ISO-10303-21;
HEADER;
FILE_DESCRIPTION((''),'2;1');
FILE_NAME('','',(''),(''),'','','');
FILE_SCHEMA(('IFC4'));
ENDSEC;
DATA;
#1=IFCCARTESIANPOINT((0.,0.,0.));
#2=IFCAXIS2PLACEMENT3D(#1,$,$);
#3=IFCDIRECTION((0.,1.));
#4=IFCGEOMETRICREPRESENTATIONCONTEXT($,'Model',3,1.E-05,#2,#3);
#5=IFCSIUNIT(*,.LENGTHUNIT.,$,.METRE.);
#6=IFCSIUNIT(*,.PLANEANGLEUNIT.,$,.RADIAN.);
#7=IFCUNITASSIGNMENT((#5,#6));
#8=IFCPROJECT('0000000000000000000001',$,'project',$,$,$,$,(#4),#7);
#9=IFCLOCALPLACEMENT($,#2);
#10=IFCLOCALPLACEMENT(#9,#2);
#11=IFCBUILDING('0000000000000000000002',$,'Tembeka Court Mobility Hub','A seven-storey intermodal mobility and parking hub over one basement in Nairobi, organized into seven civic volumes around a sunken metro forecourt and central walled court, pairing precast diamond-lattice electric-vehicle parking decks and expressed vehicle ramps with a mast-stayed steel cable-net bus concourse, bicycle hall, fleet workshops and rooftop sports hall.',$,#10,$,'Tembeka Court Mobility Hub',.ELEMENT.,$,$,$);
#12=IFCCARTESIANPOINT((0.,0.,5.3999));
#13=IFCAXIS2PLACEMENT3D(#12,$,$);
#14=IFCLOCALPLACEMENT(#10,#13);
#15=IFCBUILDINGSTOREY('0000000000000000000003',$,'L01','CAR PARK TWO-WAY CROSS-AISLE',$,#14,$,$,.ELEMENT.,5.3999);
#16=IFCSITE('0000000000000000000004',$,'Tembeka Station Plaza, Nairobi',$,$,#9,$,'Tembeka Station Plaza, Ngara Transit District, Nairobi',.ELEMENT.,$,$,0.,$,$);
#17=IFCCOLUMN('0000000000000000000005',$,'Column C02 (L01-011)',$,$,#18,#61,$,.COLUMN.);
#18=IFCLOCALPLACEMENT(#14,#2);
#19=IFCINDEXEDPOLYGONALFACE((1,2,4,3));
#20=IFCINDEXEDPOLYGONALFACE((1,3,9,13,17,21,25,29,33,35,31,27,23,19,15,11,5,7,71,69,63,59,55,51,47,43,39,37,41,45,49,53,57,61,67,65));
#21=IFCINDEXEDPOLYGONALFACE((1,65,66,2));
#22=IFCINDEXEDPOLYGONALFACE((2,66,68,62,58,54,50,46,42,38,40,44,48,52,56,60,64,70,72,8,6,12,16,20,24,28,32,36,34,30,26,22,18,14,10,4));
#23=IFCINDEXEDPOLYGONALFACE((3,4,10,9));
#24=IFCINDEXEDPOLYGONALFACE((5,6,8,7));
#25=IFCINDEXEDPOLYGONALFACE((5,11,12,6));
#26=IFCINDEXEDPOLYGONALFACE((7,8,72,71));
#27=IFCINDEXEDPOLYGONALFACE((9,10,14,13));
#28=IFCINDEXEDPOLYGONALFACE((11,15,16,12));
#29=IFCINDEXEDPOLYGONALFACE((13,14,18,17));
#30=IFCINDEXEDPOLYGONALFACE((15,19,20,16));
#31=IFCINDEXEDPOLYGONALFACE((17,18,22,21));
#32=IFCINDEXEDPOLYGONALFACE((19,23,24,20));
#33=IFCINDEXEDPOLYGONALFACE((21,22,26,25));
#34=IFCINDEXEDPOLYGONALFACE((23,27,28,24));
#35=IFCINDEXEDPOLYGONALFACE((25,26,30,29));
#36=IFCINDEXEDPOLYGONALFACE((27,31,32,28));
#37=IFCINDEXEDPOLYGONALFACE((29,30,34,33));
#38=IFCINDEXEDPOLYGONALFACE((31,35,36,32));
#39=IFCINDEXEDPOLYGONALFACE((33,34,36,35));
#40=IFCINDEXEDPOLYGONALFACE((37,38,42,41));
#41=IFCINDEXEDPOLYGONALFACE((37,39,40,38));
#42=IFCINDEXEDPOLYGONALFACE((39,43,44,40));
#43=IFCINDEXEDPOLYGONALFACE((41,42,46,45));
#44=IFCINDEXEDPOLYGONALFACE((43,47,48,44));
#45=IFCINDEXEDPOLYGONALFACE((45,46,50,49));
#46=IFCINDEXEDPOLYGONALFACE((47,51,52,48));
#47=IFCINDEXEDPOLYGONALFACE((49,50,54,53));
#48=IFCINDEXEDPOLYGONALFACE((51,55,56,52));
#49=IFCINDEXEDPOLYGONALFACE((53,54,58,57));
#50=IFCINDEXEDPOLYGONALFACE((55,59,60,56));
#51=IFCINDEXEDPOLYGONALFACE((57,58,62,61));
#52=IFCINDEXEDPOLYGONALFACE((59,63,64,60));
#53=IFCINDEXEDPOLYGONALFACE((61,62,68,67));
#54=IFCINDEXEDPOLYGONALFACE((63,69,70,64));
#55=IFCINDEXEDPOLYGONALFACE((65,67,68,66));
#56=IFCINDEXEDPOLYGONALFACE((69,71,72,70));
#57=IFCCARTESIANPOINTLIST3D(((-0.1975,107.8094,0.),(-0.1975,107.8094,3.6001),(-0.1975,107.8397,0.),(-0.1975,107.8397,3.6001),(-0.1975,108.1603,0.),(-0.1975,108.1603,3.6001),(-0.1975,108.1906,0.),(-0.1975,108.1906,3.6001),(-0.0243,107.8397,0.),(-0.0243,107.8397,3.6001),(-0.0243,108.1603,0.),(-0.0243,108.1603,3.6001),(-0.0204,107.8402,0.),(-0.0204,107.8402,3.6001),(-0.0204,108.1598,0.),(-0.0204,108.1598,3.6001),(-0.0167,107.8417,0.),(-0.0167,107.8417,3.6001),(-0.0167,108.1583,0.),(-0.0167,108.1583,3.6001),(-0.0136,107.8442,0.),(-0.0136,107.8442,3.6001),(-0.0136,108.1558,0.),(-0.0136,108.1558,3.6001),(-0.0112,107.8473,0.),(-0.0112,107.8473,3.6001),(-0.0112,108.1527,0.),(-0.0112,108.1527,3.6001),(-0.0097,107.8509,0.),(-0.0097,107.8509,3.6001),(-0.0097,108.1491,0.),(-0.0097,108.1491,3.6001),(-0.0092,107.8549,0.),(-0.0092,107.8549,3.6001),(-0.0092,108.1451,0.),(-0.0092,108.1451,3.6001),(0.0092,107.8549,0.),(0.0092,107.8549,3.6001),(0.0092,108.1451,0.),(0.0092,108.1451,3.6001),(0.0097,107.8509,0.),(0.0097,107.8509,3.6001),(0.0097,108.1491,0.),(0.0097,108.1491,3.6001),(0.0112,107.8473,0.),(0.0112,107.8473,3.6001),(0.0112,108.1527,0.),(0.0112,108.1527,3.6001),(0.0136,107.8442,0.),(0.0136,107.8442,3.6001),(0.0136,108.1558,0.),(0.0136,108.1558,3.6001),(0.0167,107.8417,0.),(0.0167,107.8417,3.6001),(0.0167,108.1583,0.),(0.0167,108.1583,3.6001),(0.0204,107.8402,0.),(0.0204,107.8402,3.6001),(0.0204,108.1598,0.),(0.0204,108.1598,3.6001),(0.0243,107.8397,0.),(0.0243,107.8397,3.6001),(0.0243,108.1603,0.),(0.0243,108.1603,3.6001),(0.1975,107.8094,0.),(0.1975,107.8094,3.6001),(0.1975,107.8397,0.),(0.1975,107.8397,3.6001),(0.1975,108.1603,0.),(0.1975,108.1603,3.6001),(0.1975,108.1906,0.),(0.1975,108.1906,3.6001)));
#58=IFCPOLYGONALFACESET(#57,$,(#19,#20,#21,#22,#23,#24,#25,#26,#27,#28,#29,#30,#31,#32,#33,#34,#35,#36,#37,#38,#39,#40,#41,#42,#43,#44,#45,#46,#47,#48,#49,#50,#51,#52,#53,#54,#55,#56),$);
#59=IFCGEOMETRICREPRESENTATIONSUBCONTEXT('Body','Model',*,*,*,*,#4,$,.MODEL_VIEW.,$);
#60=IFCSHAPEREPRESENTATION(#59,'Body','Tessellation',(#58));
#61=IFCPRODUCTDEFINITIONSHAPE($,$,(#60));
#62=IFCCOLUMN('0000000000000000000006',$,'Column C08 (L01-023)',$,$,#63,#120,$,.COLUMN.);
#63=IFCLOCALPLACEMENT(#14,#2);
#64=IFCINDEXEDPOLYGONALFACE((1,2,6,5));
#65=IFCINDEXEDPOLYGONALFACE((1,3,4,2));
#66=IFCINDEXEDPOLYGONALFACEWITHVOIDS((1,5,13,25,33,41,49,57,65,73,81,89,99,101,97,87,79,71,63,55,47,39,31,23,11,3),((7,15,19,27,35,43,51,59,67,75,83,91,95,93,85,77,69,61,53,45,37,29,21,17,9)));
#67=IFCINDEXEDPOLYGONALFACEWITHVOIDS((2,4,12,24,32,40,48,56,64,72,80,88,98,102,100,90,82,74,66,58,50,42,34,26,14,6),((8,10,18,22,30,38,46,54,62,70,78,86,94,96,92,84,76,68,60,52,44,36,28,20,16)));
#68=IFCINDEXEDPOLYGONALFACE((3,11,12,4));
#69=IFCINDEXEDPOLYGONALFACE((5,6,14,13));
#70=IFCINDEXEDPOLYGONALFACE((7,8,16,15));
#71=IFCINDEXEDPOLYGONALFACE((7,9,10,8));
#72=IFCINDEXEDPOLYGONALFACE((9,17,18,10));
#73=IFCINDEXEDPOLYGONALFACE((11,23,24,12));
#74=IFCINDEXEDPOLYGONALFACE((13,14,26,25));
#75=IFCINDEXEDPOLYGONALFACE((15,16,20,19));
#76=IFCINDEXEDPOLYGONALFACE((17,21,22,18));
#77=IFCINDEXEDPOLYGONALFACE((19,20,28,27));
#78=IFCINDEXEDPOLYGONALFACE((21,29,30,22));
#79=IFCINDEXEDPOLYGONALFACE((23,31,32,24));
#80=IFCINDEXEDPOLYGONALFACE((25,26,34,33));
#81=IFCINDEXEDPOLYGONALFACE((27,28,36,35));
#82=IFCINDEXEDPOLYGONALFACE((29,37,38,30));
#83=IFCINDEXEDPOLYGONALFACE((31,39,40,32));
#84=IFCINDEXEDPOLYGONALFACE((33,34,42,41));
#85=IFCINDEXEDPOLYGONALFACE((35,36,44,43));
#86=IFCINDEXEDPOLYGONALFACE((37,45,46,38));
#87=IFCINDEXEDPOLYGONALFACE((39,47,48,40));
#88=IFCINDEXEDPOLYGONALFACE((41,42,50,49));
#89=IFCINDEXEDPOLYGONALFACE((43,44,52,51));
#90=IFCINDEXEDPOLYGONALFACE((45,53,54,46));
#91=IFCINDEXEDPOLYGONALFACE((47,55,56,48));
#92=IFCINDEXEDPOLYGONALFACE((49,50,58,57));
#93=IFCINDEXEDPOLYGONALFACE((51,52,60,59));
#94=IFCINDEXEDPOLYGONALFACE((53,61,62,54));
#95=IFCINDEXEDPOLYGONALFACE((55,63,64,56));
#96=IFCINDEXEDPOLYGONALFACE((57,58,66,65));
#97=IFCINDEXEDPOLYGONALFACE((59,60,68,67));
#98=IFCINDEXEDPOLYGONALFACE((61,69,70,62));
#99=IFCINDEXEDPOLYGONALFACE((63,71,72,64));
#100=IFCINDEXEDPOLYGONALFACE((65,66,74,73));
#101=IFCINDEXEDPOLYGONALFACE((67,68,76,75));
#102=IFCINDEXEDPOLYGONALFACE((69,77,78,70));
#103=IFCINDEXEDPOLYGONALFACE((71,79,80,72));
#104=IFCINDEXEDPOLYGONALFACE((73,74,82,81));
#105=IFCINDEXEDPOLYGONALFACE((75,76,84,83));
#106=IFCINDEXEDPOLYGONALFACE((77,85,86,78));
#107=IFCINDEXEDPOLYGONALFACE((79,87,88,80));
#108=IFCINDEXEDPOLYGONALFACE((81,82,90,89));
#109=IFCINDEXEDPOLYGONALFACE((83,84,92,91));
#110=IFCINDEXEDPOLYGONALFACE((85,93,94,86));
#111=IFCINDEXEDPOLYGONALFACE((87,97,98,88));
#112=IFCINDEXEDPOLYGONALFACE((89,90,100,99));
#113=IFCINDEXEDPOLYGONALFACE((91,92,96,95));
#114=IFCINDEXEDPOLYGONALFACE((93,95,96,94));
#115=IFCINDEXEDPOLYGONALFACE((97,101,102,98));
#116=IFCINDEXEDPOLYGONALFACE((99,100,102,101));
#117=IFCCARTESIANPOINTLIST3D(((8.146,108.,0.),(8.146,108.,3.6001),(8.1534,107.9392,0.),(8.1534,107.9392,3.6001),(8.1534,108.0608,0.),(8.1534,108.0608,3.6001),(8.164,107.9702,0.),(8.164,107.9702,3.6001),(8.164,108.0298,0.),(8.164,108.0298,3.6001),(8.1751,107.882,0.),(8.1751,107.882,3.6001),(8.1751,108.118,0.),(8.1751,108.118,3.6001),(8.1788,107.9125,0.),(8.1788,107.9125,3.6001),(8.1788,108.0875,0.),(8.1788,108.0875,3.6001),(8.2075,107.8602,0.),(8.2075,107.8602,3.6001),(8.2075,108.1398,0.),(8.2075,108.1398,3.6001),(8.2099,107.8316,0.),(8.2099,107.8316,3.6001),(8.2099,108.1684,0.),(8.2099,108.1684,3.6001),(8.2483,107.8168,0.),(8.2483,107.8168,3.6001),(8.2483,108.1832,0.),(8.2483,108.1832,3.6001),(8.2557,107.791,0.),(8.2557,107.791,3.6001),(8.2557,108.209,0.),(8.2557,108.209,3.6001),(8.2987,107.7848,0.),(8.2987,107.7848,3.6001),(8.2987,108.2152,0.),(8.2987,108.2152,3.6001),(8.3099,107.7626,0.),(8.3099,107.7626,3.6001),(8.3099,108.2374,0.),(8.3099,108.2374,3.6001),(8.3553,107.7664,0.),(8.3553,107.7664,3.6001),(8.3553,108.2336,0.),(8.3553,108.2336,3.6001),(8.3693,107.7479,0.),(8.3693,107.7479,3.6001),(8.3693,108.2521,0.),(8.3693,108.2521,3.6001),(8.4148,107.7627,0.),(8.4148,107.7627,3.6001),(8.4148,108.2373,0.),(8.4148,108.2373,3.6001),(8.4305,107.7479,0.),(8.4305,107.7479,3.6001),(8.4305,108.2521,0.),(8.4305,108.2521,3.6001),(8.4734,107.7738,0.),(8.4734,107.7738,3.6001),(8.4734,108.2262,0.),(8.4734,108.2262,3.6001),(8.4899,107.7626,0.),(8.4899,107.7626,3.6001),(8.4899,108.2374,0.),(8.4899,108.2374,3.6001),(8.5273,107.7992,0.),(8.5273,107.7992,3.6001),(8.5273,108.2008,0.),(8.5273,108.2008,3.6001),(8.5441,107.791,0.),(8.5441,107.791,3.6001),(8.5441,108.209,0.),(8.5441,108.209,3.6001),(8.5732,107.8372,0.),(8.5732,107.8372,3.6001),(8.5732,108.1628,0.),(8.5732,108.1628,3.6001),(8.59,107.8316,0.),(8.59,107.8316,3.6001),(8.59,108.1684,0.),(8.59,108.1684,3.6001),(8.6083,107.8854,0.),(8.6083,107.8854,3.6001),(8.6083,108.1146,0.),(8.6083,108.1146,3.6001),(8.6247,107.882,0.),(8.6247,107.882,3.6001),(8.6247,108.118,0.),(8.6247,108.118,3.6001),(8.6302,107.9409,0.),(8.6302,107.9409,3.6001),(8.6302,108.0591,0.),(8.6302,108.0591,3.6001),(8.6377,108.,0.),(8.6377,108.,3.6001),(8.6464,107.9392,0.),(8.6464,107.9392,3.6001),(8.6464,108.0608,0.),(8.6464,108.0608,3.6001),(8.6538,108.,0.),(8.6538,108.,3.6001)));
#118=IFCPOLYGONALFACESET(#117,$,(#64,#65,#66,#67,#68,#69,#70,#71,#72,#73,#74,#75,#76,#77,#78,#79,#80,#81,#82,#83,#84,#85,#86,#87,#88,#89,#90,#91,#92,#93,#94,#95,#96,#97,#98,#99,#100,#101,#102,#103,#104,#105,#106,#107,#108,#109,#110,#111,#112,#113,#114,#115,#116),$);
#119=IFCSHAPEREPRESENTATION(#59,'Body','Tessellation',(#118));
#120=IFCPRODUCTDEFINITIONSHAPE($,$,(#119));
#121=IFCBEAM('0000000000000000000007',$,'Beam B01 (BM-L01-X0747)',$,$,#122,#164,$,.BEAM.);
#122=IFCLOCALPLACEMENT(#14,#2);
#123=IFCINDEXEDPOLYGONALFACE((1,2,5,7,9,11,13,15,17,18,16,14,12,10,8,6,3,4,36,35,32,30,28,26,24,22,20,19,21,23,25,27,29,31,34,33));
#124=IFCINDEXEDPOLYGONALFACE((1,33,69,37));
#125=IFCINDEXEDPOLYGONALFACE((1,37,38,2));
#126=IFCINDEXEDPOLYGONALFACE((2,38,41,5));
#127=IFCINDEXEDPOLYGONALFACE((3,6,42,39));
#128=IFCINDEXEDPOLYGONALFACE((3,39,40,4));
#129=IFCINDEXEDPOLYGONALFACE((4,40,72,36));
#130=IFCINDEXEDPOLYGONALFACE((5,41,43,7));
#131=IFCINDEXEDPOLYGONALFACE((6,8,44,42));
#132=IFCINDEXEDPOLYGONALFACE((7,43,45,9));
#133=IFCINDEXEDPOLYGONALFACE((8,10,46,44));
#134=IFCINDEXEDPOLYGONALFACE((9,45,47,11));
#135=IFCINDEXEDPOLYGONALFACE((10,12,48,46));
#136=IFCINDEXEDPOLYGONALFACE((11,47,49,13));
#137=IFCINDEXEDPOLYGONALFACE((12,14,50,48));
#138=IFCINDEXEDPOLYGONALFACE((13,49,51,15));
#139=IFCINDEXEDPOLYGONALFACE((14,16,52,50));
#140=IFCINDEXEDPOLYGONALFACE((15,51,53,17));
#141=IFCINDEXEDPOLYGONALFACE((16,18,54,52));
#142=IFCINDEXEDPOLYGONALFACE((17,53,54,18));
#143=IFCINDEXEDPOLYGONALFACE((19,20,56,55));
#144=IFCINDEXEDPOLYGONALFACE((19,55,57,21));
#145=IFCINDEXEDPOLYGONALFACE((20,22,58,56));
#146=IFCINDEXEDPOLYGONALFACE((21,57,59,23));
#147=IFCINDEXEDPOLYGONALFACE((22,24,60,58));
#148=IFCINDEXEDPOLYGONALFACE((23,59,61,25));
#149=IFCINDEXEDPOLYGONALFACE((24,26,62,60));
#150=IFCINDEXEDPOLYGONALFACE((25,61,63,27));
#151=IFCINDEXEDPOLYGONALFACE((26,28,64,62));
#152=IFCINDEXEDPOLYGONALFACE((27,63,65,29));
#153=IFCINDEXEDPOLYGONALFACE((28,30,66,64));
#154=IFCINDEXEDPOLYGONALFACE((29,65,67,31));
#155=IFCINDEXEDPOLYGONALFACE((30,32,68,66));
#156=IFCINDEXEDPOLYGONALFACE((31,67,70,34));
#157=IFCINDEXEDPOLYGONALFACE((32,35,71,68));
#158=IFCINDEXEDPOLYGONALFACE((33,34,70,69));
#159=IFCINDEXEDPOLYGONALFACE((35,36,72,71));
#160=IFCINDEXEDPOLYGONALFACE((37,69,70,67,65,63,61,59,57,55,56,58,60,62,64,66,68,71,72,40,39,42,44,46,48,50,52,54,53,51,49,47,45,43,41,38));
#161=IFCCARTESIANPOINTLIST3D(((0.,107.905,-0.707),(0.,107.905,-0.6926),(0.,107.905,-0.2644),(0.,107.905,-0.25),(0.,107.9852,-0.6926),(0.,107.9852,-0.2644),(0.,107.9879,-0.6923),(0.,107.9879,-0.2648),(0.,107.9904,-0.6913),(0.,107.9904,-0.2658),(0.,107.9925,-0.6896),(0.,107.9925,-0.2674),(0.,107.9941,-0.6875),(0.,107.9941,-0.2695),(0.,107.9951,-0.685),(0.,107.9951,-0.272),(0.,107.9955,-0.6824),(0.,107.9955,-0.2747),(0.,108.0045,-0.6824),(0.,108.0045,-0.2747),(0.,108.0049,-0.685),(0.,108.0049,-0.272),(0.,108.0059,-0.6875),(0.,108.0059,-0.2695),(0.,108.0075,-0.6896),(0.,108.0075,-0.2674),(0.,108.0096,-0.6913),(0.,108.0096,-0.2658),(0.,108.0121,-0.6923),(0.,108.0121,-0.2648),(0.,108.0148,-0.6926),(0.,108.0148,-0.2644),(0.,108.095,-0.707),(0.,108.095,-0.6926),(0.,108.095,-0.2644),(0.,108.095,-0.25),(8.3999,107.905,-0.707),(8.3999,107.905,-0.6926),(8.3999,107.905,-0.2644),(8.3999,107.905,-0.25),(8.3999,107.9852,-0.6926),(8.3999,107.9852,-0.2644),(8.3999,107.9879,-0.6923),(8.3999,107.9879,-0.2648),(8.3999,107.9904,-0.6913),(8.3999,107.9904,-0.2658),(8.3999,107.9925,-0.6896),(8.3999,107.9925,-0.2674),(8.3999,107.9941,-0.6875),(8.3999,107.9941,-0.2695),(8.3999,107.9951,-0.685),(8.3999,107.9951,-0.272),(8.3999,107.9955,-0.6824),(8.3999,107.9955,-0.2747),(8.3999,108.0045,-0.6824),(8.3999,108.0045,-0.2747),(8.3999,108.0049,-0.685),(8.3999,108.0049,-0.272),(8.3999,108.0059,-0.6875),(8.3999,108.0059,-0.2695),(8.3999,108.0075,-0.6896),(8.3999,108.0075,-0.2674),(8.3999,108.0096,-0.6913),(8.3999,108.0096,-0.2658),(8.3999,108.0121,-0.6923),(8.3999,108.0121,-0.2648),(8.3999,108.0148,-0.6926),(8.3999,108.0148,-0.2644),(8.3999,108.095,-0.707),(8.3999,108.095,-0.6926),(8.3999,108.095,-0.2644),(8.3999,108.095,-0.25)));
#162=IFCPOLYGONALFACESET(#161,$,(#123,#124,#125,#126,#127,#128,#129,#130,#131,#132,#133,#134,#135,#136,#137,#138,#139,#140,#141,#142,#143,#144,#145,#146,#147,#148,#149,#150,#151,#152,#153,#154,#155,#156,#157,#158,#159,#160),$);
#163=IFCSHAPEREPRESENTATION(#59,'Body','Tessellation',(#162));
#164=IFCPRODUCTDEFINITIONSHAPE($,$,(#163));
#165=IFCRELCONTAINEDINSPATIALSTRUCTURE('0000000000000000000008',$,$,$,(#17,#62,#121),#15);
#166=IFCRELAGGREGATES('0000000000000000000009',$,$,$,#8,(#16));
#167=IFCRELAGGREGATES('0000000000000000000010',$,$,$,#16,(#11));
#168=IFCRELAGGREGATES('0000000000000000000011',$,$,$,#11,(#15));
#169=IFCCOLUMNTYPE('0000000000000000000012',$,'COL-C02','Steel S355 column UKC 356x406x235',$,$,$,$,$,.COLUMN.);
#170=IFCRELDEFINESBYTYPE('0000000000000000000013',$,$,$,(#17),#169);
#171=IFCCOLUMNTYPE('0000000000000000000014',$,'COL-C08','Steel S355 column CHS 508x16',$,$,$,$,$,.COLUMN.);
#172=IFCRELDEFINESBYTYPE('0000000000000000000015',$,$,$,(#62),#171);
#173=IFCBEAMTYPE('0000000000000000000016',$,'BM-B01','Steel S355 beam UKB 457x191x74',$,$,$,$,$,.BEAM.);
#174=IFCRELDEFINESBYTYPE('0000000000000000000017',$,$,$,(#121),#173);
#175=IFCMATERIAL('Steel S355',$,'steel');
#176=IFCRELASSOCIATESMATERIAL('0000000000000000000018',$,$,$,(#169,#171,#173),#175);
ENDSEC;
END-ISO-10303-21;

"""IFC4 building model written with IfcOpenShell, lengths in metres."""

from ifc_helpers import new_model, si_unit, direction, frame, origin, origin_2d, place, context, subcontext, project, spatial, hollow_circle, i_section, extrude, material, material_profile, profile_set, type_object, element, save


model = new_model("IFC4")

# Units and contexts
model_context = context("Model", 3, precision=1e-05, world=origin(), true_north=direction((0.0, 1.0)))
body_context = subcontext(model_context, "Body", "Model", "MODEL_VIEW")
ifc_project = project(units=[si_unit("LENGTHUNIT", "METRE"), si_unit("PLANEANGLEUNIT", "RADIAN")], contexts=[model_context])

# Site, building, storey
site_placement = place(None, origin())
site = spatial("IfcSite", under=ifc_project, at=site_placement, Name="Tembeka Station Plaza, Nairobi", LongName="Tembeka Station Plaza, Ngara Transit District, Nairobi", CompositionType="ELEMENT", RefElevation=0.0)
building_placement = place(site_placement, origin())
building = spatial("IfcBuilding", under=site, at=building_placement, Name="Tembeka Court Mobility Hub", Description="A seven-storey intermodal mobility and parking hub over one basement in Nairobi, organized into seven civic volumes around a sunken metro forecourt and central walled court, pairing precast diamond-lattice electric-vehicle parking decks and expressed vehicle ramps with a mast-stayed steel cable-net bus concourse, bicycle hall, fleet workshops and rooftop sports hall.", LongName="Tembeka Court Mobility Hub", CompositionType="ELEMENT")
storey_placement = place(building_placement, frame((0.0, 0.0, 5.3999)))
storey = spatial("IfcBuildingStorey", under=building, at=storey_placement, Name="L01", Description="CAR PARK TWO-WAY CROSS-AISLE", CompositionType="ELEMENT", Elevation=5.3999)

# Columns
ifc_material_1 = material(Name="Steel S355", Category="steel")
ifc_material_profile_1 = material_profile(ifc_material_1, i_section(OverallWidth=0.395, OverallDepth=0.3811, WebThickness=0.0183, FlangeThickness=0.0303, FilletRadius=0.0151, at=origin_2d()), Name="UKC 356x406x235")
ifc_profile_set_1 = profile_set([ifc_material_profile_1], Name="Steel S355")
column_type_1 = type_object("IfcColumnType", Name="COL-C02", Description="Steel S355 column UKC 356x406x235", PredefinedType="COLUMN", material=ifc_profile_set_1)
column_1_placement = place(storey_placement, frame((0.0, 108.0, 0.0), z_axis=(0.0, 0.0, 1.0), x_axis=(1.0, 0.0, 0.0)))
element("IfcColumn", 1, at=column_1_placement, inside=storey, type_object=column_type_1, Name="Column C02 (L01-011)", PredefinedType="COLUMN", context=body_context, shape_type="SweptSolid", body=[
    extrude(i_section(OverallWidth=0.395, OverallDepth=0.3811, WebThickness=0.0183, FlangeThickness=0.0303, FilletRadius=0.0151, at=origin_2d()), origin(), (0.0, 0.0, 1.0), 3.6001),
])
ifc_material_profile_2 = material_profile(ifc_material_1, hollow_circle(Radius=0.2539, WallThickness=0.0161, at=origin_2d()), Name="CHS 508x16")
ifc_profile_set_2 = profile_set([ifc_material_profile_2], Name="Steel S355")
column_type_2 = type_object("IfcColumnType", Name="COL-C08", Description="Steel S355 column CHS 508x16", PredefinedType="COLUMN", material=ifc_profile_set_2)
column_2_placement = place(storey_placement, frame((8.3999, 108.0, 0.0), z_axis=(0.0, 0.0, 1.0), x_axis=(1.0, 0.0, 0.0)))
element("IfcColumn", 2, at=column_2_placement, inside=storey, type_object=column_type_2, Name="Column C08 (L01-023)", PredefinedType="COLUMN", context=body_context, shape_type="SweptSolid", body=[
    extrude(hollow_circle(Radius=0.2539, WallThickness=0.0161, at=origin_2d()), origin(), (0.0, 0.0, 1.0), 3.6001),
])

# Beam
ifc_material_profile_3 = material_profile(ifc_material_1, i_section(OverallWidth=0.1899, OverallDepth=0.457, WebThickness=0.009, FlangeThickness=0.0144, FilletRadius=0.0103, at=origin_2d()), Name="UKB 457x191x74")
ifc_profile_set_3 = profile_set([ifc_material_profile_3], Name="Steel S355")
beam_type_1 = type_object("IfcBeamType", Name="BM-B01", Description="Steel S355 beam UKB 457x191x74", PredefinedType="BEAM", material=ifc_profile_set_3)
beam_1_placement = place(storey_placement, frame((0.0, 108.0, -0.4785), z_axis=(1.0, 0.0, 0.0), x_axis=(0.0, 1.0, 0.0)))
element("IfcBeam", 3, at=beam_1_placement, inside=storey, type_object=beam_type_1, Name="Beam B01 (BM-L01-X0747)", PredefinedType="BEAM", context=body_context, shape_type="SweptSolid", body=[
    extrude(i_section(OverallWidth=0.1899, OverallDepth=0.457, WebThickness=0.009, FlangeThickness=0.0144, FilletRadius=0.0103, at=origin_2d()), origin(), (0.0, 0.0, 1.0), 8.3999),
])

save(model, "model.ifc")
